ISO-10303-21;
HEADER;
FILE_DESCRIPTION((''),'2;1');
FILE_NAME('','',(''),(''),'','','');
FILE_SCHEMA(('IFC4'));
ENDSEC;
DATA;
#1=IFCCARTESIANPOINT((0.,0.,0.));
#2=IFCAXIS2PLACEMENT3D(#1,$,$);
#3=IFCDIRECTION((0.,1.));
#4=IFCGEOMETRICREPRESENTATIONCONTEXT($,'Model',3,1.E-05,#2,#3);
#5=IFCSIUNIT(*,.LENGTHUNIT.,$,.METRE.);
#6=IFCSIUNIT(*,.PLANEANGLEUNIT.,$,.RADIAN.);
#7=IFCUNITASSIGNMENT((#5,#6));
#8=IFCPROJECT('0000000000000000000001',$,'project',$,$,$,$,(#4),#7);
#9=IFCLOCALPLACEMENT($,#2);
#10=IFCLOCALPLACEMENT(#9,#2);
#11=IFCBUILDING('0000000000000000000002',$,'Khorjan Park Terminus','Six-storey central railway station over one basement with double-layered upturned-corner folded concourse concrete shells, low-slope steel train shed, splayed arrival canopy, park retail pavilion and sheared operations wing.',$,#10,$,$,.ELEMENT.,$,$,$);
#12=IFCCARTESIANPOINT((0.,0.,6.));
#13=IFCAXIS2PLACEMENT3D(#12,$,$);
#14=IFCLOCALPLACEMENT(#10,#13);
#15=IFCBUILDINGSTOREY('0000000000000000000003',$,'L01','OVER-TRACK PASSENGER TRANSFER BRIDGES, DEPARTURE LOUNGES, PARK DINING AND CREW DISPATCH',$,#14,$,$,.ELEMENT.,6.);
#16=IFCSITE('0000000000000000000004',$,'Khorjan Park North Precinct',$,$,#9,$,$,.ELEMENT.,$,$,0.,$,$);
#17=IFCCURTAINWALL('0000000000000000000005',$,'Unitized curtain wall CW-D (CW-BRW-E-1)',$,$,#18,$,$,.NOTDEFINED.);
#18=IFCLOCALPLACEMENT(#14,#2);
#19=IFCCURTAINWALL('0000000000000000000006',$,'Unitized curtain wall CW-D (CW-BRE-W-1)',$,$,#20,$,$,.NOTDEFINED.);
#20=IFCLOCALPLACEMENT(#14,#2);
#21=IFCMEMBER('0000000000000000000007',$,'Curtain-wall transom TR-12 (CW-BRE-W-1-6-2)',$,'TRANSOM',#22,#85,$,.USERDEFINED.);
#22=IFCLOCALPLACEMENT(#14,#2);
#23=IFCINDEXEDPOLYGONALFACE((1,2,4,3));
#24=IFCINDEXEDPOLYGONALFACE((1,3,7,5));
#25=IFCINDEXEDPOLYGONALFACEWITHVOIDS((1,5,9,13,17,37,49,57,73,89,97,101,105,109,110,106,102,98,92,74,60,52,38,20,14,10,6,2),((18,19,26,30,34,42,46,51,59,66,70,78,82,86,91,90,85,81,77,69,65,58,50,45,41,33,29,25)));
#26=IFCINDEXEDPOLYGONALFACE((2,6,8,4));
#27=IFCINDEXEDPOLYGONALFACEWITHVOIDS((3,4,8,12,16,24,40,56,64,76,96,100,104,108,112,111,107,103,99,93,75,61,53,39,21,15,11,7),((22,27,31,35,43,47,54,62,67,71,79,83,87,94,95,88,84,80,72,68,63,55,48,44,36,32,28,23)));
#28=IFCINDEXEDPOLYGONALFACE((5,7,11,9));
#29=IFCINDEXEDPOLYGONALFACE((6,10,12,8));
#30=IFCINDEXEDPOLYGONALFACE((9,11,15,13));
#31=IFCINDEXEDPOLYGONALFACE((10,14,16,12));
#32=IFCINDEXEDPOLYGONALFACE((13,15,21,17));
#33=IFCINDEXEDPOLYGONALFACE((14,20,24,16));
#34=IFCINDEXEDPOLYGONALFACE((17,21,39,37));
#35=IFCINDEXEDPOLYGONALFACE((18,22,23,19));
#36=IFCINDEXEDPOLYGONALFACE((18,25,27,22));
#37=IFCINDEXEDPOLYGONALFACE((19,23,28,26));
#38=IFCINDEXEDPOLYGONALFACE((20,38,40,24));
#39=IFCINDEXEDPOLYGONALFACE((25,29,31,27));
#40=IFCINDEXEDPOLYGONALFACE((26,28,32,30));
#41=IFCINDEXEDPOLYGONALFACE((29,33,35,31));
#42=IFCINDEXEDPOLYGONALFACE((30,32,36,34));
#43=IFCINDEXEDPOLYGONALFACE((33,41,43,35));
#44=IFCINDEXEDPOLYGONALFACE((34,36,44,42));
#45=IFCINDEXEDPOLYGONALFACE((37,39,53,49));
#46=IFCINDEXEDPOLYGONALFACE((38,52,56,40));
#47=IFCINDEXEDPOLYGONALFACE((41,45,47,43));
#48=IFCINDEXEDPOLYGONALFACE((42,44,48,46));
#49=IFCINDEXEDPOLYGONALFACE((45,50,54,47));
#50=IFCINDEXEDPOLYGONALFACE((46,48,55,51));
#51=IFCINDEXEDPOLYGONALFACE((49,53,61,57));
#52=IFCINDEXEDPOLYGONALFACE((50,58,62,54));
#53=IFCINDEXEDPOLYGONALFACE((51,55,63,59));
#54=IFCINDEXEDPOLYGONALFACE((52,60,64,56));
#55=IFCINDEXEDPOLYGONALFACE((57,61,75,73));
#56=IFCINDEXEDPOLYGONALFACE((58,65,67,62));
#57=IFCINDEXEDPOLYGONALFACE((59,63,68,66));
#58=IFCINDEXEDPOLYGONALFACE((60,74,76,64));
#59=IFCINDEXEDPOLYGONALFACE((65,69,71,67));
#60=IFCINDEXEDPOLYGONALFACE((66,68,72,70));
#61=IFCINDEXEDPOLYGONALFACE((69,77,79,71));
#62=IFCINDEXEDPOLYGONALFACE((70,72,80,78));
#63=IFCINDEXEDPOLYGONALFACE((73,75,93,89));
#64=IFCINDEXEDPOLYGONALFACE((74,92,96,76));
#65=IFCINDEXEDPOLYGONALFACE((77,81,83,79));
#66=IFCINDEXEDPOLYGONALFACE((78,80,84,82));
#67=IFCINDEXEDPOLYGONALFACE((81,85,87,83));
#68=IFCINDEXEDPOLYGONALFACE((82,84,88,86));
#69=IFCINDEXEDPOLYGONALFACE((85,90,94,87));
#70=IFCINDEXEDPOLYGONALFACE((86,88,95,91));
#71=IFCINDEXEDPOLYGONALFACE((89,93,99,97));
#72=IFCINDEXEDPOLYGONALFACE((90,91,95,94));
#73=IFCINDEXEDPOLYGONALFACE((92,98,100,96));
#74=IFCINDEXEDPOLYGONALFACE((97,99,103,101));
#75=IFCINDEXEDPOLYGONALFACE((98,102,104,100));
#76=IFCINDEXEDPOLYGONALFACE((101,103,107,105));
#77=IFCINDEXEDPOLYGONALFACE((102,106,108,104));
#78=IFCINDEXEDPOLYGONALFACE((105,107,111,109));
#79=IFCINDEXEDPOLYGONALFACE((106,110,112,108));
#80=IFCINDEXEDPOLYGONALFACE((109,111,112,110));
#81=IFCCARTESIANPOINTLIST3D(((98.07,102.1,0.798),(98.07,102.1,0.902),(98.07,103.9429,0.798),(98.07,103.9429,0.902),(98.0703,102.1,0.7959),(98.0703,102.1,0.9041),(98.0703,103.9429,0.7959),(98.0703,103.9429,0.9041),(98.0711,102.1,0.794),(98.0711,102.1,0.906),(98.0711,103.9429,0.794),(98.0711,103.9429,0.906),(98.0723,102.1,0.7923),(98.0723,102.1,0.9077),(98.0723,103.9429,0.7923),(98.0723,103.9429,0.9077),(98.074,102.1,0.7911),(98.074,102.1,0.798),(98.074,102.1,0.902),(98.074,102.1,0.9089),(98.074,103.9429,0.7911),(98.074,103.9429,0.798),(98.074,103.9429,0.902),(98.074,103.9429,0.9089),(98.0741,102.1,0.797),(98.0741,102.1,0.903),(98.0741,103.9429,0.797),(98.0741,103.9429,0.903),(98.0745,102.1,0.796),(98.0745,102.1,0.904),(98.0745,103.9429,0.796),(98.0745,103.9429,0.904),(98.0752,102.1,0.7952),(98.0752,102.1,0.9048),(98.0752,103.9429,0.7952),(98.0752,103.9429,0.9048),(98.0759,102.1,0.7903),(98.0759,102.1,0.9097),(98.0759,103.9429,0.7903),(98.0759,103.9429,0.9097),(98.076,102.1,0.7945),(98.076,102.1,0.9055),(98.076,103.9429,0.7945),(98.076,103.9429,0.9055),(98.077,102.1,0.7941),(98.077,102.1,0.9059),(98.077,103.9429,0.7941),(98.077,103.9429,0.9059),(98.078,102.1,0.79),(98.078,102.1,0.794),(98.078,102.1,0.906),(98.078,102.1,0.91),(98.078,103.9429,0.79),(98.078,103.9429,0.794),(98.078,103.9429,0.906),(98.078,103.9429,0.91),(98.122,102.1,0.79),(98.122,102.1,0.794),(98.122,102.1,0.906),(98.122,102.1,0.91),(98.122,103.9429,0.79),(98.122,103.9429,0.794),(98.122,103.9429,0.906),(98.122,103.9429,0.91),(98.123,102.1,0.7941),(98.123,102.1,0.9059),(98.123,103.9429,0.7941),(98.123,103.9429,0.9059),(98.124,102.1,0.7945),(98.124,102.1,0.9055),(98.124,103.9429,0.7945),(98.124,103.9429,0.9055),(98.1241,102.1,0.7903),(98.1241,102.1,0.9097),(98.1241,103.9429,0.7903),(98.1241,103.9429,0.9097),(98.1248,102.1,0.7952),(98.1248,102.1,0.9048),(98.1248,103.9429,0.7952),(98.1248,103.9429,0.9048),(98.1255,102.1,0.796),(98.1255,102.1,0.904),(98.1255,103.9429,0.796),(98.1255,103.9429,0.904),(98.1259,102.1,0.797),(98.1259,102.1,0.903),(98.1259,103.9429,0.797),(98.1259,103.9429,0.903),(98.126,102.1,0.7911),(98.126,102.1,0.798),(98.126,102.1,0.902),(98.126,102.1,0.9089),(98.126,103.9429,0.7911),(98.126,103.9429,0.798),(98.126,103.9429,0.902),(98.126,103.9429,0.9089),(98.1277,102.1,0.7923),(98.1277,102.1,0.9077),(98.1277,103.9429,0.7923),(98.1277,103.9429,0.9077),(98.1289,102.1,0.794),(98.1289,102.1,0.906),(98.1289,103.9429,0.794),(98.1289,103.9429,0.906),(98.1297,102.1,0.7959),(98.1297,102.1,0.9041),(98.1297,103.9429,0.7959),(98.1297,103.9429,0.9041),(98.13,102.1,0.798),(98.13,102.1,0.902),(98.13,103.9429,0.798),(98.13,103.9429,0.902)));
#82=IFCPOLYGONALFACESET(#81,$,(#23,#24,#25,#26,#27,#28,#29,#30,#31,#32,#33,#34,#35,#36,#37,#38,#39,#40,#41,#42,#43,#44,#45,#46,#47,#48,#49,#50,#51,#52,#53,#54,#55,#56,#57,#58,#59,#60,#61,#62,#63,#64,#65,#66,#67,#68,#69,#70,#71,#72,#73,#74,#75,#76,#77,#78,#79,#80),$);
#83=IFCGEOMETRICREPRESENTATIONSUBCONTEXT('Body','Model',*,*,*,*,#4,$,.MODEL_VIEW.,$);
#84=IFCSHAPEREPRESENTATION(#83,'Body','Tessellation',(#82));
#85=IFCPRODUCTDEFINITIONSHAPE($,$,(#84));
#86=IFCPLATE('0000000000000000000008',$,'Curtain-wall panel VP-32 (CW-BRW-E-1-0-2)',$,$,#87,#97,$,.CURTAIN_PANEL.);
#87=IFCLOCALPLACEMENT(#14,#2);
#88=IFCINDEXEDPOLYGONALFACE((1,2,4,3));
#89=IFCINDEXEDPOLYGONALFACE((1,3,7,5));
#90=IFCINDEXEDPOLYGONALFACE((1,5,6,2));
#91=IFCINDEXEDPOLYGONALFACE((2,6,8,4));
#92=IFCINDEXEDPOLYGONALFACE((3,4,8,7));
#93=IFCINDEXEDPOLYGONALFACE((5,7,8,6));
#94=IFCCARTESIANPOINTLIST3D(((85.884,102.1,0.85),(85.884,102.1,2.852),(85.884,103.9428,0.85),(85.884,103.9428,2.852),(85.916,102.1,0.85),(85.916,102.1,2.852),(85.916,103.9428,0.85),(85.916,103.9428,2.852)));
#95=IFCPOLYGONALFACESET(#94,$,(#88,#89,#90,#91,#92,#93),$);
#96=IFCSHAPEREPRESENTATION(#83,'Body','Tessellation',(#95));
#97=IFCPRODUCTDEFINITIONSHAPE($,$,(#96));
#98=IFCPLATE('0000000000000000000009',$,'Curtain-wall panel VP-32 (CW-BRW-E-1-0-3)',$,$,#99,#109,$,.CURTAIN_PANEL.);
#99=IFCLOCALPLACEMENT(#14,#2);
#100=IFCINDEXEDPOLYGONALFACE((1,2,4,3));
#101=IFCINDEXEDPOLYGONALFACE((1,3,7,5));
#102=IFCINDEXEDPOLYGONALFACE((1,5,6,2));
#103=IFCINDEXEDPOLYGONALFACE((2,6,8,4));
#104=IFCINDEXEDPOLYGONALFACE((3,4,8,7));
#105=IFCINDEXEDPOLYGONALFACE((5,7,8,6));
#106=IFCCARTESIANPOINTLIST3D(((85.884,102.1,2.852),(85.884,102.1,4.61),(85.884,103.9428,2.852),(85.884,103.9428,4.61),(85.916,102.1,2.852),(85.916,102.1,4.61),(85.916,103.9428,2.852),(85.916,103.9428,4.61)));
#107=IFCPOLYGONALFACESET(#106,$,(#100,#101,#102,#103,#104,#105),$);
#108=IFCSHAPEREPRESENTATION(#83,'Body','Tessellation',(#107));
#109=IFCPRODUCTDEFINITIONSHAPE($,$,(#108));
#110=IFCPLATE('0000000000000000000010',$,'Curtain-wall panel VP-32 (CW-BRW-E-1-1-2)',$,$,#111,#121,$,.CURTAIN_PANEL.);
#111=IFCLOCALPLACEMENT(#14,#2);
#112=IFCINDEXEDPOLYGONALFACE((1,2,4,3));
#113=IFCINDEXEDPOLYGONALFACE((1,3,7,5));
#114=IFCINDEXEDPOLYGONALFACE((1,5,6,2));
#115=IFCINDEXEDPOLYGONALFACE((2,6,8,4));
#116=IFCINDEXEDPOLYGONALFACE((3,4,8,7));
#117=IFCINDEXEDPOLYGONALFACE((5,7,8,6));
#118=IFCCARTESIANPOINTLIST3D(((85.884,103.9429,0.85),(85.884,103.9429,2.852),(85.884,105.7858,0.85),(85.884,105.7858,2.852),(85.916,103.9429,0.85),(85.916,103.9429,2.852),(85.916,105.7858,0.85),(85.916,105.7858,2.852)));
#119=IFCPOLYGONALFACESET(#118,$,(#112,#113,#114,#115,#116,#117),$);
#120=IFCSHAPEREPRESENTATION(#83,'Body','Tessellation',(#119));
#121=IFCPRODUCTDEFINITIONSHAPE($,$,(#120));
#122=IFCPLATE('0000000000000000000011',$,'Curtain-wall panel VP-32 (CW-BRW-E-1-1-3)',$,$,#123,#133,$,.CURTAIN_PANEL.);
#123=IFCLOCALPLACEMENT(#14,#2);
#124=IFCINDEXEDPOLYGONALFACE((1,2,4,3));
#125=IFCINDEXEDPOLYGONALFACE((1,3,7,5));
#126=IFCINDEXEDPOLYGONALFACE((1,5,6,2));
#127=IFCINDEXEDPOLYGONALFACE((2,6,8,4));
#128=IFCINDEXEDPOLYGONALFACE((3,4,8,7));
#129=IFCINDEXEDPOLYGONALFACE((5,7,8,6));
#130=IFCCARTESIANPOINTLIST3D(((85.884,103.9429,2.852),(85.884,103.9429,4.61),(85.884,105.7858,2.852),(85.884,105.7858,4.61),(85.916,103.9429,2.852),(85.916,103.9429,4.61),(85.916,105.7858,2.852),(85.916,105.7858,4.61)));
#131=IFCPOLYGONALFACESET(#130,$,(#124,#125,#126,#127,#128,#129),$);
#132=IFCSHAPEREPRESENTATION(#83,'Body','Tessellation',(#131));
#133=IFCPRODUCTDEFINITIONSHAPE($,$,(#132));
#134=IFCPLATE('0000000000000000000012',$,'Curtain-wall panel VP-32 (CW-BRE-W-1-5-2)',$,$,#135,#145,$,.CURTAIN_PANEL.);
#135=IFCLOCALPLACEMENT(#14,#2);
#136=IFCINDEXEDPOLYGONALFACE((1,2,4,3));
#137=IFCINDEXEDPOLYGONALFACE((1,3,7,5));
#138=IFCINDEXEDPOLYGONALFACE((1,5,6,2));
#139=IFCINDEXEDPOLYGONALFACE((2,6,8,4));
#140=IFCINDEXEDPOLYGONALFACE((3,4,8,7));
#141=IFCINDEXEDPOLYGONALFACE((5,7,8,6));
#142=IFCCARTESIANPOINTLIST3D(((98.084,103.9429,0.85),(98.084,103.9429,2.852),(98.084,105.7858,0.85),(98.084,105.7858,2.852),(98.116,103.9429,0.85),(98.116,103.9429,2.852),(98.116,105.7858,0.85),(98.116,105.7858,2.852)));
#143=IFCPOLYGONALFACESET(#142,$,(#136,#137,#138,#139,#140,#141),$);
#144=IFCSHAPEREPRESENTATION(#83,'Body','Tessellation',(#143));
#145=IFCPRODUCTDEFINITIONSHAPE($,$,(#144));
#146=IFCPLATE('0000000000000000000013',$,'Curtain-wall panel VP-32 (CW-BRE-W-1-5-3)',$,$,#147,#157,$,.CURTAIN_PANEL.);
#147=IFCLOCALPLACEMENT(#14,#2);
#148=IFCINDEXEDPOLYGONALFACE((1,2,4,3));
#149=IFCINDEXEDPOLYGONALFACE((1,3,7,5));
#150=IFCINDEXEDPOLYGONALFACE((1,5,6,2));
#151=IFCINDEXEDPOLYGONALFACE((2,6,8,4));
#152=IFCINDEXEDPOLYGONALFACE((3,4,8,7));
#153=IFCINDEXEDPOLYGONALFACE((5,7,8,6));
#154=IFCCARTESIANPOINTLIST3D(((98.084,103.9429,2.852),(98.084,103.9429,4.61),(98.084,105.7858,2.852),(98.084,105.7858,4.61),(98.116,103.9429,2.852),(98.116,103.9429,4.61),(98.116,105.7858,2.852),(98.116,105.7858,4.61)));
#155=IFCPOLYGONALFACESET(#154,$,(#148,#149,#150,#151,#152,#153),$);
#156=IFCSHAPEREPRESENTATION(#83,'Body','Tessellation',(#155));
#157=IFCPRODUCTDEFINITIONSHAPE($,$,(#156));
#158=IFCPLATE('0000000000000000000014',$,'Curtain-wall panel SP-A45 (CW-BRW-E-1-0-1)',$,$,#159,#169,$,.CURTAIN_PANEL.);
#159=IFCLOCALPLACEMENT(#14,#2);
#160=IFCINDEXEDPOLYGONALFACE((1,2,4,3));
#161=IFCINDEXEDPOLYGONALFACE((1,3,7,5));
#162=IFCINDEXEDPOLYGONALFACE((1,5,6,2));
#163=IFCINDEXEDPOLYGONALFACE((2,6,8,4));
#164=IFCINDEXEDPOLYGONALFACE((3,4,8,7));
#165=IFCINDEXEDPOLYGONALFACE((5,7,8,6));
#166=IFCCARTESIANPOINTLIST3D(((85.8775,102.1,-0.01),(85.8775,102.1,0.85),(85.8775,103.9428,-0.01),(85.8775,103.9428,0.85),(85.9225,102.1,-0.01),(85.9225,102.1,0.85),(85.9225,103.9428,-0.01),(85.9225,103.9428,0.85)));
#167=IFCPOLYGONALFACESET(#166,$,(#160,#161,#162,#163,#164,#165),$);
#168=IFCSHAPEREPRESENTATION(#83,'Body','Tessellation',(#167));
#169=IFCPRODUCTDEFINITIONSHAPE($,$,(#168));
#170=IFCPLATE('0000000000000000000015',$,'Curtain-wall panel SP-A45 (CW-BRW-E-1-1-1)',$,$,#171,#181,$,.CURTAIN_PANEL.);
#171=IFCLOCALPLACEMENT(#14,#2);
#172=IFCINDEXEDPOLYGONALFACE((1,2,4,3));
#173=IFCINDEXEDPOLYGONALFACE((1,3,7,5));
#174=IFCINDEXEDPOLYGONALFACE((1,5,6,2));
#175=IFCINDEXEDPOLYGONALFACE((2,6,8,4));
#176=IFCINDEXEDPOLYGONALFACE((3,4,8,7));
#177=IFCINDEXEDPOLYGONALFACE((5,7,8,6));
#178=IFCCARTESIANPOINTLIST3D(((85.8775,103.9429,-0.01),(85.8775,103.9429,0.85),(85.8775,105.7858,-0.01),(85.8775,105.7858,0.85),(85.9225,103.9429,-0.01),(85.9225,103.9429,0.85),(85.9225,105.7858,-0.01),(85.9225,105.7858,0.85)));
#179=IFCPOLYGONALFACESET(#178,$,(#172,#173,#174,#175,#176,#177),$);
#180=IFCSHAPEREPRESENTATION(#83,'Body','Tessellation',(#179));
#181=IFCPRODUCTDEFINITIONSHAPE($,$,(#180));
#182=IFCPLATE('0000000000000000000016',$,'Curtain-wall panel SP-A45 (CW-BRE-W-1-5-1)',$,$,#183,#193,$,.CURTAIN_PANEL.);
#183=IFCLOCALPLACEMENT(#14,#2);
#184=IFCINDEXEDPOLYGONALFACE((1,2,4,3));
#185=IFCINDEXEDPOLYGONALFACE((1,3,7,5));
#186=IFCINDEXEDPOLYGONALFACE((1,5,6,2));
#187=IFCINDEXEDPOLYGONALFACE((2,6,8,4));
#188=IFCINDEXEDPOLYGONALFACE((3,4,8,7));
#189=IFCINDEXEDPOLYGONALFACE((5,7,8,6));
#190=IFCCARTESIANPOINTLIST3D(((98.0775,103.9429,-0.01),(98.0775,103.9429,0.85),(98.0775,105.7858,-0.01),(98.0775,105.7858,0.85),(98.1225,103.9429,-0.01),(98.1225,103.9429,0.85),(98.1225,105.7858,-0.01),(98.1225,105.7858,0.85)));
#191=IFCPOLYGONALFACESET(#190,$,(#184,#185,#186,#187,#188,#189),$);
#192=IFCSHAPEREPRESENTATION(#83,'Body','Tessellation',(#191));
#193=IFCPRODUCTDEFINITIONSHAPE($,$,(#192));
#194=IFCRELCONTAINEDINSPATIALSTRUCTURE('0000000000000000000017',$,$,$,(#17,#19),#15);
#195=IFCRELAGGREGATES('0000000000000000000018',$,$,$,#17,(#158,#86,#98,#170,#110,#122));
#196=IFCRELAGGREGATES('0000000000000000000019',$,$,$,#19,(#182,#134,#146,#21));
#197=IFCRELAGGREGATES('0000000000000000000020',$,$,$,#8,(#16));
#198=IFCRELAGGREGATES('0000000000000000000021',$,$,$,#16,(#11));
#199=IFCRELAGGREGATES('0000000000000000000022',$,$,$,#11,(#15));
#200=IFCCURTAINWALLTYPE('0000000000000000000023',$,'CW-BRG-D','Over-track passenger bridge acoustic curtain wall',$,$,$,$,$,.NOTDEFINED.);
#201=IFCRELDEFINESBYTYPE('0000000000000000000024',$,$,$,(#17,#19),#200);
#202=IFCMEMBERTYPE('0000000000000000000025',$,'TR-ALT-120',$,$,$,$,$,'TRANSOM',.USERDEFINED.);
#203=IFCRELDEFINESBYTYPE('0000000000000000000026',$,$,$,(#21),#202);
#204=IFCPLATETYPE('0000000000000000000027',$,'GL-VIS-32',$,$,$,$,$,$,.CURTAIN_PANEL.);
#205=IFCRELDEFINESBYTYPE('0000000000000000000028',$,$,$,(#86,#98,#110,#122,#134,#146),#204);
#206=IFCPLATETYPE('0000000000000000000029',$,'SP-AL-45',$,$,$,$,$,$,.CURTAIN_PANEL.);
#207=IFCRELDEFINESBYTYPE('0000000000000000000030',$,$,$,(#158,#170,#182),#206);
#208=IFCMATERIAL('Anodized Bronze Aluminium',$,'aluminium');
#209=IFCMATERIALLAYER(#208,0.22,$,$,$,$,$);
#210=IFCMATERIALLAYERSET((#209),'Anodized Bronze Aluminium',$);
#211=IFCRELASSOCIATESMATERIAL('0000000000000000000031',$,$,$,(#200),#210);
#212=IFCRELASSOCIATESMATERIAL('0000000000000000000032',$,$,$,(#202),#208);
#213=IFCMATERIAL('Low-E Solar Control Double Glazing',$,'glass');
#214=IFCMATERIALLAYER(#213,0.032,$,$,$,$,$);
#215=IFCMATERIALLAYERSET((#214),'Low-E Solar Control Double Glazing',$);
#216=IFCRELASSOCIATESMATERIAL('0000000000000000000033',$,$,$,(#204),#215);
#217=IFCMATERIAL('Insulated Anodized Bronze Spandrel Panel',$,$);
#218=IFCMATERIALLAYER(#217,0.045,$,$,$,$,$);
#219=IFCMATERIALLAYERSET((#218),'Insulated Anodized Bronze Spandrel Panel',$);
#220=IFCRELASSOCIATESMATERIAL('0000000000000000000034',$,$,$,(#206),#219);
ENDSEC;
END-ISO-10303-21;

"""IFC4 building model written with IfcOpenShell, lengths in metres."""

from ifc_helpers import new_model, si_unit, direction, frame, origin, origin_2d, place, context, subcontext, project, spatial, rectangle, hollow_rectangle, extrude, material, layer, layer_set, material_profile, profile_set, type_object, element, aggregate, save


model = new_model("IFC4")

# Units and contexts
model_context = context("Model", 3, precision=1e-05, world=origin(), true_north=direction((0.0, 1.0)))
body_context = subcontext(model_context, "Body", "Model", "MODEL_VIEW")
ifc_project = project(units=[si_unit("LENGTHUNIT", "METRE"), si_unit("PLANEANGLEUNIT", "RADIAN")], contexts=[model_context])

# Site, building, storey
site_placement = place(None, origin())
site = spatial("IfcSite", under=ifc_project, at=site_placement, Name="Khorjan Park North Precinct", CompositionType="ELEMENT", RefElevation=0.0)
building_placement = place(site_placement, origin())
building = spatial("IfcBuilding", under=site, at=building_placement, Name="Khorjan Park Terminus", Description="Six-storey central railway station over one basement with double-layered upturned-corner folded concourse concrete shells, low-slope steel train shed, splayed arrival canopy, park retail pavilion and sheared operations wing.", CompositionType="ELEMENT")
storey_placement = place(building_placement, frame((0.0, 0.0, 6.0)))
storey = spatial("IfcBuildingStorey", under=building, at=storey_placement, Name="L01", Description="OVER-TRACK PASSENGER TRANSFER BRIDGES, DEPARTURE LOUNGES, PARK DINING AND CREW DISPATCH", CompositionType="ELEMENT", Elevation=6.0)

# Curtain walls
ifc_material_1 = material(Name="Anodized Bronze Aluminium", Category="aluminium")
ifc_layer_1 = layer(ifc_material_1, 0.22)
ifc_layer_set_1 = layer_set([ifc_layer_1], Name="Anodized Bronze Aluminium")
curtain_wall_type = type_object("IfcCurtainWallType", Name="CW-BRG-D", Description="Over-track passenger bridge acoustic curtain wall", PredefinedType="NOTDEFINED", material=ifc_layer_set_1)
curtain_wall_1_placement = place(storey_placement, origin())
curtain_wall_1 = element("IfcCurtainWall", 1, at=curtain_wall_1_placement, inside=storey, type_object=curtain_wall_type, Name="Unitized curtain wall CW-D (CW-BRW-E-1)", PredefinedType="NOTDEFINED")
curtain_wall_2_placement = place(storey_placement, origin())
curtain_wall_2 = element("IfcCurtainWall", 2, at=curtain_wall_2_placement, inside=storey, type_object=curtain_wall_type, Name="Unitized curtain wall CW-D (CW-BRE-W-1)", PredefinedType="NOTDEFINED")

# Member
ifc_material_profile_1 = material_profile(ifc_material_1, hollow_rectangle(XDim=0.06, YDim=0.12, WallThickness=0.004, InnerFilletRadius=0.004, OuterFilletRadius=0.008, at=origin_2d()), Name="ALT 60x120x4")
ifc_profile_set_1 = profile_set([ifc_material_profile_1], Name="Anodized Bronze Aluminium")
member_type_1 = type_object("IfcMemberType", Name="TR-ALT-120", ElementType="TRANSOM", PredefinedType="USERDEFINED", material=ifc_profile_set_1)
member_1_placement = place(storey_placement, frame((98.1, 103.9429, 0.85), z_axis=(0.0, -1.0, 0.0), x_axis=(1.0, 0.0, 0.0)))
member_1 = element("IfcMember", 3, at=member_1_placement, type_object=member_type_1, Name="Curtain-wall transom TR-12 (CW-BRE-W-1-6-2)", ObjectType="TRANSOM", PredefinedType="USERDEFINED", context=body_context, shape_type="SweptSolid", body=[
    extrude(hollow_rectangle(XDim=0.06, YDim=0.12, WallThickness=0.004, InnerFilletRadius=0.004, OuterFilletRadius=0.008, at=origin_2d()), origin(), (0.0, 0.0, 1.0), 1.8429),
])

# Plates
ifc_material_2 = material(Name="Low-E Solar Control Double Glazing", Category="glass")
ifc_layer_2 = layer(ifc_material_2, 0.032)
ifc_layer_set_2 = layer_set([ifc_layer_2], Name="Low-E Solar Control Double Glazing")
plate_type_1 = type_object("IfcPlateType", Name="GL-VIS-32", PredefinedType="CURTAIN_PANEL", material=ifc_layer_set_2)
plate_1_placement = place(storey_placement, frame((85.9, 103.0214, 0.85), z_axis=(0.0, 0.0, 1.0), x_axis=(0.0, 1.0, 0.0)))
plate_1 = element("IfcPlate", 4, at=plate_1_placement, type_object=plate_type_1, Name="Curtain-wall panel VP-32 (CW-BRW-E-1-0-2)", PredefinedType="CURTAIN_PANEL", context=body_context, shape_type="SweptSolid", body=[
    extrude(rectangle(XDim=1.8429, YDim=0.032, at=origin_2d()), origin(), (0.0, 0.0, 1.0), 2.002),
])
plate_2_placement = place(storey_placement, frame((85.9, 103.0214, 2.852), z_axis=(0.0, 0.0, 1.0), x_axis=(0.0, 1.0, 0.0)))
plate_2 = element("IfcPlate", 5, at=plate_2_placement, type_object=plate_type_1, Name="Curtain-wall panel VP-32 (CW-BRW-E-1-0-3)", PredefinedType="CURTAIN_PANEL", context=body_context, shape_type="SweptSolid", body=[
    extrude(rectangle(XDim=1.8429, YDim=0.032, at=origin_2d()), origin(), (0.0, 0.0, 1.0), 1.758),
])
plate_3_placement = place(storey_placement, frame((85.9, 104.8643, 0.85), z_axis=(0.0, 0.0, 1.0), x_axis=(0.0, 1.0, 0.0)))
plate_3 = element("IfcPlate", 6, at=plate_3_placement, type_object=plate_type_1, Name="Curtain-wall panel VP-32 (CW-BRW-E-1-1-2)", PredefinedType="CURTAIN_PANEL", context=body_context, shape_type="SweptSolid", body=[
    extrude(rectangle(XDim=1.8429, YDim=0.032, at=origin_2d()), origin(), (0.0, 0.0, 1.0), 2.002),
])
plate_4_placement = place(storey_placement, frame((85.9, 104.8643, 2.852), z_axis=(0.0, 0.0, 1.0), x_axis=(0.0, 1.0, 0.0)))
plate_4 = element("IfcPlate", 7, at=plate_4_placement, type_object=plate_type_1, Name="Curtain-wall panel VP-32 (CW-BRW-E-1-1-3)", PredefinedType="CURTAIN_PANEL", context=body_context, shape_type="SweptSolid", body=[
    extrude(rectangle(XDim=1.8429, YDim=0.032, at=origin_2d()), origin(), (0.0, 0.0, 1.0), 1.758),
])
plate_5_placement = place(storey_placement, frame((98.1, 104.8643, 0.85), z_axis=(0.0, 0.0, 1.0), x_axis=(0.0, -1.0, 0.0)))
plate_5 = element("IfcPlate", 8, at=plate_5_placement, type_object=plate_type_1, Name="Curtain-wall panel VP-32 (CW-BRE-W-1-5-2)", PredefinedType="CURTAIN_PANEL", context=body_context, shape_type="SweptSolid", body=[
    extrude(rectangle(XDim=1.8429, YDim=0.032, at=origin_2d()), origin(), (0.0, 0.0, 1.0), 2.002),
])
plate_6_placement = place(storey_placement, frame((98.1, 104.8643, 2.852), z_axis=(0.0, 0.0, 1.0), x_axis=(0.0, -1.0, 0.0)))
plate_6 = element("IfcPlate", 9, at=plate_6_placement, type_object=plate_type_1, Name="Curtain-wall panel VP-32 (CW-BRE-W-1-5-3)", PredefinedType="CURTAIN_PANEL", context=body_context, shape_type="SweptSolid", body=[
    extrude(rectangle(XDim=1.8429, YDim=0.032, at=origin_2d()), origin(), (0.0, 0.0, 1.0), 1.758),
])
ifc_material_3 = material(Name="Insulated Anodized Bronze Spandrel Panel")
ifc_layer_3 = layer(ifc_material_3, 0.045)
ifc_layer_set_3 = layer_set([ifc_layer_3], Name="Insulated Anodized Bronze Spandrel Panel")
plate_type_2 = type_object("IfcPlateType", Name="SP-AL-45", PredefinedType="CURTAIN_PANEL", material=ifc_layer_set_3)
plate_7_placement = place(storey_placement, frame((85.9, 103.0214, -0.01), z_axis=(0.0, 0.0, 1.0), x_axis=(0.0, 1.0, 0.0)))
plate_7 = element("IfcPlate", 10, at=plate_7_placement, type_object=plate_type_2, Name="Curtain-wall panel SP-A45 (CW-BRW-E-1-0-1)", PredefinedType="CURTAIN_PANEL", context=body_context, shape_type="SweptSolid", body=[
    extrude(rectangle(XDim=1.8429, YDim=0.045, at=origin_2d()), origin(), (0.0, 0.0, 1.0), 0.86),
])
plate_8_placement = place(storey_placement, frame((85.9, 104.8643, -0.01), z_axis=(0.0, 0.0, 1.0), x_axis=(0.0, 1.0, 0.0)))
plate_8 = element("IfcPlate", 11, at=plate_8_placement, type_object=plate_type_2, Name="Curtain-wall panel SP-A45 (CW-BRW-E-1-1-1)", PredefinedType="CURTAIN_PANEL", context=body_context, shape_type="SweptSolid", body=[
    extrude(rectangle(XDim=1.8429, YDim=0.045, at=origin_2d()), origin(), (0.0, 0.0, 1.0), 0.86),
])
aggregate(curtain_wall_1, [plate_7, plate_1, plate_2, plate_8, plate_3, plate_4])
plate_9_placement = place(storey_placement, frame((98.1, 104.8643, -0.01), z_axis=(0.0, 0.0, 1.0), x_axis=(0.0, -1.0, 0.0)))
plate_9 = element("IfcPlate", 12, at=plate_9_placement, type_object=plate_type_2, Name="Curtain-wall panel SP-A45 (CW-BRE-W-1-5-1)", PredefinedType="CURTAIN_PANEL", context=body_context, shape_type="SweptSolid", body=[
    extrude(rectangle(XDim=1.8429, YDim=0.045, at=origin_2d()), origin(), (0.0, 0.0, 1.0), 0.86),
])
aggregate(curtain_wall_2, [plate_9, plate_5, plate_6, member_1])

save(model, "model.ifc")
